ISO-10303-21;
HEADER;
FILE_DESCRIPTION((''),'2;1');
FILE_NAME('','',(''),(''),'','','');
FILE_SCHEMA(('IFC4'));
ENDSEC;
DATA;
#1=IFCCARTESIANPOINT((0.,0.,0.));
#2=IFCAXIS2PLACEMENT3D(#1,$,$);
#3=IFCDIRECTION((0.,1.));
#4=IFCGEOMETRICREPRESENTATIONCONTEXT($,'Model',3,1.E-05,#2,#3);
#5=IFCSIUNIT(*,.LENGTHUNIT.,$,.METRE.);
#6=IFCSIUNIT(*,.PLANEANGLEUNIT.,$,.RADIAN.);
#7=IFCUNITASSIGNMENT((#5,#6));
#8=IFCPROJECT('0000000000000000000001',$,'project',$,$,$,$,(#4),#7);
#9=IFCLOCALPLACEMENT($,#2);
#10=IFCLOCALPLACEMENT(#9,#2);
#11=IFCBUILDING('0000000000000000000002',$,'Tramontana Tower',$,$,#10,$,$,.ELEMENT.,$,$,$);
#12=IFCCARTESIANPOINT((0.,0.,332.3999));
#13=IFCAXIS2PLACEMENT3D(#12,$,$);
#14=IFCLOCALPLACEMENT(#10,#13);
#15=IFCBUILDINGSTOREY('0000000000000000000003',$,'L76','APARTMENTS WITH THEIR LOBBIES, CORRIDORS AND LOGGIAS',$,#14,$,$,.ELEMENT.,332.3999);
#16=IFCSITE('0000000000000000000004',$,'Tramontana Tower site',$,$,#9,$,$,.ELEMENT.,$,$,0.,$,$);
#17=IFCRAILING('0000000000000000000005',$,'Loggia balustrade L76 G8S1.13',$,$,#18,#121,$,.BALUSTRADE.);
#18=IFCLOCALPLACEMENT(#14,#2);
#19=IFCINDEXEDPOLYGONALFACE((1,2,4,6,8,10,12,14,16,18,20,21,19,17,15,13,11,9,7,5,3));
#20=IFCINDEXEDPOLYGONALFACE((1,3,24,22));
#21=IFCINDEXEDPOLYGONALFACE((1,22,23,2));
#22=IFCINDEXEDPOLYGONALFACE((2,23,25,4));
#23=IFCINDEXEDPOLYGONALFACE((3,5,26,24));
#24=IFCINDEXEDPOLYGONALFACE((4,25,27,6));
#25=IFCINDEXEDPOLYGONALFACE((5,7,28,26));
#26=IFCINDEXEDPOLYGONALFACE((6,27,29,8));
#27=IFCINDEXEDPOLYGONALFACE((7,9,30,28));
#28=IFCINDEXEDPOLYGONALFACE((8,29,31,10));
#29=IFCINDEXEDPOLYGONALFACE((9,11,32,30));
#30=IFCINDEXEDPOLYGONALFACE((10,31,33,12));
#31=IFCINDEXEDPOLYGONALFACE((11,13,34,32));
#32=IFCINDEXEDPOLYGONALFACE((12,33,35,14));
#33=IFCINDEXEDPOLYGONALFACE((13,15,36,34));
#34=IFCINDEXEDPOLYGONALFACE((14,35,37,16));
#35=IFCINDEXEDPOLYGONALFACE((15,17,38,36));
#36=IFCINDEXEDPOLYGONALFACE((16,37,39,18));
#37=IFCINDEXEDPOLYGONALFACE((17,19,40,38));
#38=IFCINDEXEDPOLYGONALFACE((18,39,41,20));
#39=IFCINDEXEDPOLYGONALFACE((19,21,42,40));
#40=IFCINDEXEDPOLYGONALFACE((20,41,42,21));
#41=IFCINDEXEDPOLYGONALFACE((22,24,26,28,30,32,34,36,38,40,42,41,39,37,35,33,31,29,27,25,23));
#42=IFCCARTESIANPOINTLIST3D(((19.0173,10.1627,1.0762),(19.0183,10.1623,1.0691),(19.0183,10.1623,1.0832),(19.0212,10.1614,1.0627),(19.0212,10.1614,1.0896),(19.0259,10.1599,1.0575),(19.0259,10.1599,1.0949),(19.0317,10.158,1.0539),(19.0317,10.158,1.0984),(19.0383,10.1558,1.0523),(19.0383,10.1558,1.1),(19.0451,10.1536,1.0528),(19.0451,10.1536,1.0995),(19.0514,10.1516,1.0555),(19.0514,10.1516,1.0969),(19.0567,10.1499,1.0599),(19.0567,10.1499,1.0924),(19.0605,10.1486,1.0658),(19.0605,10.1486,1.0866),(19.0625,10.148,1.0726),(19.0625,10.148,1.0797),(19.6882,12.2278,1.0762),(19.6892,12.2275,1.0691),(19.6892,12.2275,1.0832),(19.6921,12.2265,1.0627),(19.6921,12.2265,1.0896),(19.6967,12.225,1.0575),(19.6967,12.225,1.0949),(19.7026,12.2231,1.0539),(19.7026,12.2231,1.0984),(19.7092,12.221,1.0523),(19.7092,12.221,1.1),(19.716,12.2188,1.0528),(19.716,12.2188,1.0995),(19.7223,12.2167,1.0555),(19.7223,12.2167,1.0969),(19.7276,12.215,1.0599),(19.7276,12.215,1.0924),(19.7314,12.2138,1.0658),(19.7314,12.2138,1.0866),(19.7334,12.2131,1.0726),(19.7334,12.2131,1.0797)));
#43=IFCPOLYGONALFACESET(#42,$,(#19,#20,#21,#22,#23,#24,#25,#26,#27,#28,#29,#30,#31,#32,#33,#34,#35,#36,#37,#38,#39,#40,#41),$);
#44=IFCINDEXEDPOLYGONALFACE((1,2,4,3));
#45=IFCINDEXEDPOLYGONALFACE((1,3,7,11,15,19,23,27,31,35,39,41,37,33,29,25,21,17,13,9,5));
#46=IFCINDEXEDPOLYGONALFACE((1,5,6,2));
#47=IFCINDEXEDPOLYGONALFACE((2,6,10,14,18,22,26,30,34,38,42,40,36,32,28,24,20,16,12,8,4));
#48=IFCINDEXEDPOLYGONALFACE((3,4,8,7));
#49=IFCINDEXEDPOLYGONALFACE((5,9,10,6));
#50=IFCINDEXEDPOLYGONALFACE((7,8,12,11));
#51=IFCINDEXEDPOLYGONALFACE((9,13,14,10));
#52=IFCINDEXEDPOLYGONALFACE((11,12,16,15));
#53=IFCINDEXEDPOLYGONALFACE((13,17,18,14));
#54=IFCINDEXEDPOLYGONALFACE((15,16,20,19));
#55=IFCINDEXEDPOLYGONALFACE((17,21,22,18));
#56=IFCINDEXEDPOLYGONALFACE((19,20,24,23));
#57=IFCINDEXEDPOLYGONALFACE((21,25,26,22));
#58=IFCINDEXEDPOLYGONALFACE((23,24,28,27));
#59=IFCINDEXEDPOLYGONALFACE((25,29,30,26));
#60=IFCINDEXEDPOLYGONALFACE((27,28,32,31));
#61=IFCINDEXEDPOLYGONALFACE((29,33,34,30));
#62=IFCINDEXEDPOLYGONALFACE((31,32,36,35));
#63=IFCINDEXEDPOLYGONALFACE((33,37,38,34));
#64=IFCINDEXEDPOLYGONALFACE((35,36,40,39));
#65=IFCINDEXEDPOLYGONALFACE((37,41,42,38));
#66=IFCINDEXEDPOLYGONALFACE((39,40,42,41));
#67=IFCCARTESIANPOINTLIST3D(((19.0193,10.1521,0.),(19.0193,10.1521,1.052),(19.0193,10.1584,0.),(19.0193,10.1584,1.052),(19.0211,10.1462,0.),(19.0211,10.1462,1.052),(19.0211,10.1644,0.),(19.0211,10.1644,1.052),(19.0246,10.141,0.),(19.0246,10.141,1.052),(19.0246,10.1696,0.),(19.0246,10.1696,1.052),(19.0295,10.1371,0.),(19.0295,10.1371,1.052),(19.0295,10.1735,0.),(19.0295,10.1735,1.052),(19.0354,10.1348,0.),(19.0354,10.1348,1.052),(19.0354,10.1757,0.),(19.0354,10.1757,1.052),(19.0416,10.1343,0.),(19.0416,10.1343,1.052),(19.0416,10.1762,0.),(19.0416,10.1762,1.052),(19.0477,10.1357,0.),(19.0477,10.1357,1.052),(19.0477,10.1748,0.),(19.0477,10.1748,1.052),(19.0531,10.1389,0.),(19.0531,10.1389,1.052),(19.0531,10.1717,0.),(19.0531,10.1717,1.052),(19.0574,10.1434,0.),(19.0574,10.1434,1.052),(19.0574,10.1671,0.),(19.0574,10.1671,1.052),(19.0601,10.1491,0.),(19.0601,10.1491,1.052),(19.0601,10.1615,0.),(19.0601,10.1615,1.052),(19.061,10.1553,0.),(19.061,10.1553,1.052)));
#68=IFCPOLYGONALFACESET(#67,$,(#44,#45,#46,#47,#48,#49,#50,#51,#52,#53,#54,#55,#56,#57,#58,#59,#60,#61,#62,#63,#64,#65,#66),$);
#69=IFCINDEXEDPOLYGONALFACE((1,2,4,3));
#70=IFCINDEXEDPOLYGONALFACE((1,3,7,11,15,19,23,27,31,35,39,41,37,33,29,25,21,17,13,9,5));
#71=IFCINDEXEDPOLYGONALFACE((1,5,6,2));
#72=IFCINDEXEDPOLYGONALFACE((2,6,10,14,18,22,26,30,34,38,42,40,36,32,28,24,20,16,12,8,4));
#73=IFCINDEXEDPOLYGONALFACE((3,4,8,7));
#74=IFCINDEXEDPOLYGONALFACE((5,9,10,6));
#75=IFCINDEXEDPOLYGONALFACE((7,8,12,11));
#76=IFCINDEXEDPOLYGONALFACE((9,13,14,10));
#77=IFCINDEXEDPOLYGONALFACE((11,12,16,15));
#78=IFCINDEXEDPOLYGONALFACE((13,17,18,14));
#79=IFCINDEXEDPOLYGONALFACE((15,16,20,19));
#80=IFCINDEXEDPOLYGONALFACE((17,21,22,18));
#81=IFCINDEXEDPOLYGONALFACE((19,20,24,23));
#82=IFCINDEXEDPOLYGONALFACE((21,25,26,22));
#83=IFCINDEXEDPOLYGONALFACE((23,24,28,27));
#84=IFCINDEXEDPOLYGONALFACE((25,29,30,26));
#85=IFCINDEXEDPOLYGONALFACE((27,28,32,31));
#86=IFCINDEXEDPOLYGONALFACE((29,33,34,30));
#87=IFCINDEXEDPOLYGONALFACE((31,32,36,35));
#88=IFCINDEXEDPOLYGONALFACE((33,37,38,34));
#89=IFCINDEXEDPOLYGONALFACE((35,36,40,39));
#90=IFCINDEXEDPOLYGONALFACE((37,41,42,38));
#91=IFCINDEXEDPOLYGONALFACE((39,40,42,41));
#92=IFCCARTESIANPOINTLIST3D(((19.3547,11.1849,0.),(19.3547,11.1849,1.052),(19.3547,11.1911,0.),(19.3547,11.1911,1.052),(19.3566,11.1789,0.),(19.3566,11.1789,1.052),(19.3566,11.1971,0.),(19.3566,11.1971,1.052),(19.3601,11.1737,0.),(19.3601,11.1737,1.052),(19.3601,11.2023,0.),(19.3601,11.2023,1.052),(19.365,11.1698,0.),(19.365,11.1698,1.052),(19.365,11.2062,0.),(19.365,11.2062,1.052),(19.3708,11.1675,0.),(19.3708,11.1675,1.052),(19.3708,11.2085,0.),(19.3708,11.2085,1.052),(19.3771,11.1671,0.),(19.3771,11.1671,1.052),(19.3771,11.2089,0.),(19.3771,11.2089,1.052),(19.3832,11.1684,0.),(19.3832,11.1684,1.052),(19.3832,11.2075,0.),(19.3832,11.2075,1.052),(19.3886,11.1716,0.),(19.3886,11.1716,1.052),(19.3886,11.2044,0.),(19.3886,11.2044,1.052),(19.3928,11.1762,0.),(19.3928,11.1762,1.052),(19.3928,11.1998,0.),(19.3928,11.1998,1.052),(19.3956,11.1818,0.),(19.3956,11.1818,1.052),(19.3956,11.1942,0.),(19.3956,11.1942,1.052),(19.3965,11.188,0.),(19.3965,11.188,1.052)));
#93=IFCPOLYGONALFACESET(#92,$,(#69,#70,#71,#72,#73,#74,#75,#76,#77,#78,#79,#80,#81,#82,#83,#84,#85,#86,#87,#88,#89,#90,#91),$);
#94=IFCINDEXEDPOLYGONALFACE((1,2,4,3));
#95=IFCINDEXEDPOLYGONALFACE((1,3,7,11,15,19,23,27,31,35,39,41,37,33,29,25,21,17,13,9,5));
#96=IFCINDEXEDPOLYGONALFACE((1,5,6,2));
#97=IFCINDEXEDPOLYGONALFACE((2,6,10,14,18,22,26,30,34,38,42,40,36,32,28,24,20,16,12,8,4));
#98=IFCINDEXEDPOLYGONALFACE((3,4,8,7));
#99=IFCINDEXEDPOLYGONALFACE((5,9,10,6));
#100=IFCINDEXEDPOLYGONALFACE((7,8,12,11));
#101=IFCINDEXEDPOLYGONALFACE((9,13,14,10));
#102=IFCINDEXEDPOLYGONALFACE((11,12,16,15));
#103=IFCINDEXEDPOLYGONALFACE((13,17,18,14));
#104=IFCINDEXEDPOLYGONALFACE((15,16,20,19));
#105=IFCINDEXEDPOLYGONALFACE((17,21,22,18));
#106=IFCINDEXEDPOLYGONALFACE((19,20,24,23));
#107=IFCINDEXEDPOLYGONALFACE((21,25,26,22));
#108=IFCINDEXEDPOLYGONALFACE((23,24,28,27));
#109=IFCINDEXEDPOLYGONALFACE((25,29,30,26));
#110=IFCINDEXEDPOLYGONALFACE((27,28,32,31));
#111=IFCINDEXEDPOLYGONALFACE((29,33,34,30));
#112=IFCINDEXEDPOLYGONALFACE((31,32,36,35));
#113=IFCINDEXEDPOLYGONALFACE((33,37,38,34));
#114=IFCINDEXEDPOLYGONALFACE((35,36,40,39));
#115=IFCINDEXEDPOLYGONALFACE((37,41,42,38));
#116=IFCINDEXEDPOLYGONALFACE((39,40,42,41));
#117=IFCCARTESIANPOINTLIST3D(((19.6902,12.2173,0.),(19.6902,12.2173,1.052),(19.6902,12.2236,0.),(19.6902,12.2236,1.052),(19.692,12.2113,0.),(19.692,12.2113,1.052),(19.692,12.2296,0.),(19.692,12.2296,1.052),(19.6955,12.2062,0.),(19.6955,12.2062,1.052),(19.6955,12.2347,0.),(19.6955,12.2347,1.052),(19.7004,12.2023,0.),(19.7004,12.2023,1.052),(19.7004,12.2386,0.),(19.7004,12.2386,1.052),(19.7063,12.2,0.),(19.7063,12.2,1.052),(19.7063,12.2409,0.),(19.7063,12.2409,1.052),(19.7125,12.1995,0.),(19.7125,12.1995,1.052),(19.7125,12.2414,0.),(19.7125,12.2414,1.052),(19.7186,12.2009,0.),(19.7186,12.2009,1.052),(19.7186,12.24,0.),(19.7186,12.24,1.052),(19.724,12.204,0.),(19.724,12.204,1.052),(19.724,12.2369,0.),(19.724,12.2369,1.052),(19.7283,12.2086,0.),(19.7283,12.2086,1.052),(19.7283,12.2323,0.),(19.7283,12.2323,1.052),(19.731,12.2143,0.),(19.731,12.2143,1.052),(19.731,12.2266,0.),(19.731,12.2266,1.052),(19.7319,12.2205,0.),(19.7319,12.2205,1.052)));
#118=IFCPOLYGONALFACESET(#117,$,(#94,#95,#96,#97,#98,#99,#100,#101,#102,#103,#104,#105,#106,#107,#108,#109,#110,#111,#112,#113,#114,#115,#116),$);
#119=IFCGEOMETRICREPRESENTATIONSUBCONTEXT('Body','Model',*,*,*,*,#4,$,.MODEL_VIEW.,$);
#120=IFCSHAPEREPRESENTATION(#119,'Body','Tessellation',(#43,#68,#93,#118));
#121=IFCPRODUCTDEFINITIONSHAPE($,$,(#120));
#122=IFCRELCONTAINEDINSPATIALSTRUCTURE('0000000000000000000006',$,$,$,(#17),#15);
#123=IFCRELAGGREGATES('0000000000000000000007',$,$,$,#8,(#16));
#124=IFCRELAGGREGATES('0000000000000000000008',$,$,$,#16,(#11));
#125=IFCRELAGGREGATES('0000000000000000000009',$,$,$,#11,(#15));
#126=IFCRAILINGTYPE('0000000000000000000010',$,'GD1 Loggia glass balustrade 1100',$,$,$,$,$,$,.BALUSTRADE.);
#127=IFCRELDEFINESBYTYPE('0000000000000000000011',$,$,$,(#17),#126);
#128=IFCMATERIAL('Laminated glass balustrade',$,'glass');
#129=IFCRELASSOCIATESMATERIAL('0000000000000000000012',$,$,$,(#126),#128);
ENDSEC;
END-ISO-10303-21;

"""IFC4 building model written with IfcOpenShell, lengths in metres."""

from ifc_helpers import new_model, si_unit, direction, frame, origin, origin_2d, place, context, subcontext, project, spatial, circle, extrude, material, type_object, element, save


model = new_model("IFC4")

# Units and contexts
model_context = context("Model", 3, precision=1e-05, world=origin(), true_north=direction((0.0, 1.0)))
body_context = subcontext(model_context, "Body", "Model", "MODEL_VIEW")
ifc_project = project(units=[si_unit("LENGTHUNIT", "METRE"), si_unit("PLANEANGLEUNIT", "RADIAN")], contexts=[model_context])

# Site, building, storey
site_placement = place(None, origin())
site = spatial("IfcSite", under=ifc_project, at=site_placement, Name="Tramontana Tower site", CompositionType="ELEMENT", RefElevation=0.0)
building_placement = place(site_placement, origin())
building = spatial("IfcBuilding", under=site, at=building_placement, Name="Tramontana Tower", CompositionType="ELEMENT")
storey_placement = place(building_placement, frame((0.0, 0.0, 332.3999)))
storey = spatial("IfcBuildingStorey", under=building, at=storey_placement, Name="L76", Description="APARTMENTS WITH THEIR LOBBIES, CORRIDORS AND LOGGIAS", CompositionType="ELEMENT", Elevation=332.3999)

# Railing
ifc_material_1 = material(Name="Laminated glass balustrade", Category="glass")
railing_type = type_object("IfcRailingType", Name="GD1 Loggia glass balustrade 1100", PredefinedType="BALUSTRADE", material=ifc_material_1)
railing_1_placement = place(storey_placement, frame((19.04, 10.1553, 0.0)))
element("IfcRailing", 1, at=railing_1_placement, inside=storey, type_object=railing_type, Name="Loggia balustrade L76 G8S1.13", PredefinedType="BALUSTRADE", context=body_context, shape_type="SweptSolid", body=[
    extrude(circle(Radius=0.0239, at=origin_2d()), frame((0.0, 0.0, 1.0762), z_axis=(0.308967, 0.951073, 0.0), x_axis=(-0.951073, 0.308967, 0.0)), (0.0, 0.0, 1.0), 2.1714),
    extrude(circle(Radius=0.021, at=origin_2d()), origin(), (0.0, 0.0, 1.0), 1.052),
    extrude(circle(Radius=0.021, at=origin_2d()), frame((0.3354, 1.0327, 0.0)), (0.0, 0.0, 1.0), 1.052),
    extrude(circle(Radius=0.021, at=origin_2d()), frame((0.6709, 2.0652, 0.0)), (0.0, 0.0, 1.0), 1.052),
])

save(model, "model.ifc")
